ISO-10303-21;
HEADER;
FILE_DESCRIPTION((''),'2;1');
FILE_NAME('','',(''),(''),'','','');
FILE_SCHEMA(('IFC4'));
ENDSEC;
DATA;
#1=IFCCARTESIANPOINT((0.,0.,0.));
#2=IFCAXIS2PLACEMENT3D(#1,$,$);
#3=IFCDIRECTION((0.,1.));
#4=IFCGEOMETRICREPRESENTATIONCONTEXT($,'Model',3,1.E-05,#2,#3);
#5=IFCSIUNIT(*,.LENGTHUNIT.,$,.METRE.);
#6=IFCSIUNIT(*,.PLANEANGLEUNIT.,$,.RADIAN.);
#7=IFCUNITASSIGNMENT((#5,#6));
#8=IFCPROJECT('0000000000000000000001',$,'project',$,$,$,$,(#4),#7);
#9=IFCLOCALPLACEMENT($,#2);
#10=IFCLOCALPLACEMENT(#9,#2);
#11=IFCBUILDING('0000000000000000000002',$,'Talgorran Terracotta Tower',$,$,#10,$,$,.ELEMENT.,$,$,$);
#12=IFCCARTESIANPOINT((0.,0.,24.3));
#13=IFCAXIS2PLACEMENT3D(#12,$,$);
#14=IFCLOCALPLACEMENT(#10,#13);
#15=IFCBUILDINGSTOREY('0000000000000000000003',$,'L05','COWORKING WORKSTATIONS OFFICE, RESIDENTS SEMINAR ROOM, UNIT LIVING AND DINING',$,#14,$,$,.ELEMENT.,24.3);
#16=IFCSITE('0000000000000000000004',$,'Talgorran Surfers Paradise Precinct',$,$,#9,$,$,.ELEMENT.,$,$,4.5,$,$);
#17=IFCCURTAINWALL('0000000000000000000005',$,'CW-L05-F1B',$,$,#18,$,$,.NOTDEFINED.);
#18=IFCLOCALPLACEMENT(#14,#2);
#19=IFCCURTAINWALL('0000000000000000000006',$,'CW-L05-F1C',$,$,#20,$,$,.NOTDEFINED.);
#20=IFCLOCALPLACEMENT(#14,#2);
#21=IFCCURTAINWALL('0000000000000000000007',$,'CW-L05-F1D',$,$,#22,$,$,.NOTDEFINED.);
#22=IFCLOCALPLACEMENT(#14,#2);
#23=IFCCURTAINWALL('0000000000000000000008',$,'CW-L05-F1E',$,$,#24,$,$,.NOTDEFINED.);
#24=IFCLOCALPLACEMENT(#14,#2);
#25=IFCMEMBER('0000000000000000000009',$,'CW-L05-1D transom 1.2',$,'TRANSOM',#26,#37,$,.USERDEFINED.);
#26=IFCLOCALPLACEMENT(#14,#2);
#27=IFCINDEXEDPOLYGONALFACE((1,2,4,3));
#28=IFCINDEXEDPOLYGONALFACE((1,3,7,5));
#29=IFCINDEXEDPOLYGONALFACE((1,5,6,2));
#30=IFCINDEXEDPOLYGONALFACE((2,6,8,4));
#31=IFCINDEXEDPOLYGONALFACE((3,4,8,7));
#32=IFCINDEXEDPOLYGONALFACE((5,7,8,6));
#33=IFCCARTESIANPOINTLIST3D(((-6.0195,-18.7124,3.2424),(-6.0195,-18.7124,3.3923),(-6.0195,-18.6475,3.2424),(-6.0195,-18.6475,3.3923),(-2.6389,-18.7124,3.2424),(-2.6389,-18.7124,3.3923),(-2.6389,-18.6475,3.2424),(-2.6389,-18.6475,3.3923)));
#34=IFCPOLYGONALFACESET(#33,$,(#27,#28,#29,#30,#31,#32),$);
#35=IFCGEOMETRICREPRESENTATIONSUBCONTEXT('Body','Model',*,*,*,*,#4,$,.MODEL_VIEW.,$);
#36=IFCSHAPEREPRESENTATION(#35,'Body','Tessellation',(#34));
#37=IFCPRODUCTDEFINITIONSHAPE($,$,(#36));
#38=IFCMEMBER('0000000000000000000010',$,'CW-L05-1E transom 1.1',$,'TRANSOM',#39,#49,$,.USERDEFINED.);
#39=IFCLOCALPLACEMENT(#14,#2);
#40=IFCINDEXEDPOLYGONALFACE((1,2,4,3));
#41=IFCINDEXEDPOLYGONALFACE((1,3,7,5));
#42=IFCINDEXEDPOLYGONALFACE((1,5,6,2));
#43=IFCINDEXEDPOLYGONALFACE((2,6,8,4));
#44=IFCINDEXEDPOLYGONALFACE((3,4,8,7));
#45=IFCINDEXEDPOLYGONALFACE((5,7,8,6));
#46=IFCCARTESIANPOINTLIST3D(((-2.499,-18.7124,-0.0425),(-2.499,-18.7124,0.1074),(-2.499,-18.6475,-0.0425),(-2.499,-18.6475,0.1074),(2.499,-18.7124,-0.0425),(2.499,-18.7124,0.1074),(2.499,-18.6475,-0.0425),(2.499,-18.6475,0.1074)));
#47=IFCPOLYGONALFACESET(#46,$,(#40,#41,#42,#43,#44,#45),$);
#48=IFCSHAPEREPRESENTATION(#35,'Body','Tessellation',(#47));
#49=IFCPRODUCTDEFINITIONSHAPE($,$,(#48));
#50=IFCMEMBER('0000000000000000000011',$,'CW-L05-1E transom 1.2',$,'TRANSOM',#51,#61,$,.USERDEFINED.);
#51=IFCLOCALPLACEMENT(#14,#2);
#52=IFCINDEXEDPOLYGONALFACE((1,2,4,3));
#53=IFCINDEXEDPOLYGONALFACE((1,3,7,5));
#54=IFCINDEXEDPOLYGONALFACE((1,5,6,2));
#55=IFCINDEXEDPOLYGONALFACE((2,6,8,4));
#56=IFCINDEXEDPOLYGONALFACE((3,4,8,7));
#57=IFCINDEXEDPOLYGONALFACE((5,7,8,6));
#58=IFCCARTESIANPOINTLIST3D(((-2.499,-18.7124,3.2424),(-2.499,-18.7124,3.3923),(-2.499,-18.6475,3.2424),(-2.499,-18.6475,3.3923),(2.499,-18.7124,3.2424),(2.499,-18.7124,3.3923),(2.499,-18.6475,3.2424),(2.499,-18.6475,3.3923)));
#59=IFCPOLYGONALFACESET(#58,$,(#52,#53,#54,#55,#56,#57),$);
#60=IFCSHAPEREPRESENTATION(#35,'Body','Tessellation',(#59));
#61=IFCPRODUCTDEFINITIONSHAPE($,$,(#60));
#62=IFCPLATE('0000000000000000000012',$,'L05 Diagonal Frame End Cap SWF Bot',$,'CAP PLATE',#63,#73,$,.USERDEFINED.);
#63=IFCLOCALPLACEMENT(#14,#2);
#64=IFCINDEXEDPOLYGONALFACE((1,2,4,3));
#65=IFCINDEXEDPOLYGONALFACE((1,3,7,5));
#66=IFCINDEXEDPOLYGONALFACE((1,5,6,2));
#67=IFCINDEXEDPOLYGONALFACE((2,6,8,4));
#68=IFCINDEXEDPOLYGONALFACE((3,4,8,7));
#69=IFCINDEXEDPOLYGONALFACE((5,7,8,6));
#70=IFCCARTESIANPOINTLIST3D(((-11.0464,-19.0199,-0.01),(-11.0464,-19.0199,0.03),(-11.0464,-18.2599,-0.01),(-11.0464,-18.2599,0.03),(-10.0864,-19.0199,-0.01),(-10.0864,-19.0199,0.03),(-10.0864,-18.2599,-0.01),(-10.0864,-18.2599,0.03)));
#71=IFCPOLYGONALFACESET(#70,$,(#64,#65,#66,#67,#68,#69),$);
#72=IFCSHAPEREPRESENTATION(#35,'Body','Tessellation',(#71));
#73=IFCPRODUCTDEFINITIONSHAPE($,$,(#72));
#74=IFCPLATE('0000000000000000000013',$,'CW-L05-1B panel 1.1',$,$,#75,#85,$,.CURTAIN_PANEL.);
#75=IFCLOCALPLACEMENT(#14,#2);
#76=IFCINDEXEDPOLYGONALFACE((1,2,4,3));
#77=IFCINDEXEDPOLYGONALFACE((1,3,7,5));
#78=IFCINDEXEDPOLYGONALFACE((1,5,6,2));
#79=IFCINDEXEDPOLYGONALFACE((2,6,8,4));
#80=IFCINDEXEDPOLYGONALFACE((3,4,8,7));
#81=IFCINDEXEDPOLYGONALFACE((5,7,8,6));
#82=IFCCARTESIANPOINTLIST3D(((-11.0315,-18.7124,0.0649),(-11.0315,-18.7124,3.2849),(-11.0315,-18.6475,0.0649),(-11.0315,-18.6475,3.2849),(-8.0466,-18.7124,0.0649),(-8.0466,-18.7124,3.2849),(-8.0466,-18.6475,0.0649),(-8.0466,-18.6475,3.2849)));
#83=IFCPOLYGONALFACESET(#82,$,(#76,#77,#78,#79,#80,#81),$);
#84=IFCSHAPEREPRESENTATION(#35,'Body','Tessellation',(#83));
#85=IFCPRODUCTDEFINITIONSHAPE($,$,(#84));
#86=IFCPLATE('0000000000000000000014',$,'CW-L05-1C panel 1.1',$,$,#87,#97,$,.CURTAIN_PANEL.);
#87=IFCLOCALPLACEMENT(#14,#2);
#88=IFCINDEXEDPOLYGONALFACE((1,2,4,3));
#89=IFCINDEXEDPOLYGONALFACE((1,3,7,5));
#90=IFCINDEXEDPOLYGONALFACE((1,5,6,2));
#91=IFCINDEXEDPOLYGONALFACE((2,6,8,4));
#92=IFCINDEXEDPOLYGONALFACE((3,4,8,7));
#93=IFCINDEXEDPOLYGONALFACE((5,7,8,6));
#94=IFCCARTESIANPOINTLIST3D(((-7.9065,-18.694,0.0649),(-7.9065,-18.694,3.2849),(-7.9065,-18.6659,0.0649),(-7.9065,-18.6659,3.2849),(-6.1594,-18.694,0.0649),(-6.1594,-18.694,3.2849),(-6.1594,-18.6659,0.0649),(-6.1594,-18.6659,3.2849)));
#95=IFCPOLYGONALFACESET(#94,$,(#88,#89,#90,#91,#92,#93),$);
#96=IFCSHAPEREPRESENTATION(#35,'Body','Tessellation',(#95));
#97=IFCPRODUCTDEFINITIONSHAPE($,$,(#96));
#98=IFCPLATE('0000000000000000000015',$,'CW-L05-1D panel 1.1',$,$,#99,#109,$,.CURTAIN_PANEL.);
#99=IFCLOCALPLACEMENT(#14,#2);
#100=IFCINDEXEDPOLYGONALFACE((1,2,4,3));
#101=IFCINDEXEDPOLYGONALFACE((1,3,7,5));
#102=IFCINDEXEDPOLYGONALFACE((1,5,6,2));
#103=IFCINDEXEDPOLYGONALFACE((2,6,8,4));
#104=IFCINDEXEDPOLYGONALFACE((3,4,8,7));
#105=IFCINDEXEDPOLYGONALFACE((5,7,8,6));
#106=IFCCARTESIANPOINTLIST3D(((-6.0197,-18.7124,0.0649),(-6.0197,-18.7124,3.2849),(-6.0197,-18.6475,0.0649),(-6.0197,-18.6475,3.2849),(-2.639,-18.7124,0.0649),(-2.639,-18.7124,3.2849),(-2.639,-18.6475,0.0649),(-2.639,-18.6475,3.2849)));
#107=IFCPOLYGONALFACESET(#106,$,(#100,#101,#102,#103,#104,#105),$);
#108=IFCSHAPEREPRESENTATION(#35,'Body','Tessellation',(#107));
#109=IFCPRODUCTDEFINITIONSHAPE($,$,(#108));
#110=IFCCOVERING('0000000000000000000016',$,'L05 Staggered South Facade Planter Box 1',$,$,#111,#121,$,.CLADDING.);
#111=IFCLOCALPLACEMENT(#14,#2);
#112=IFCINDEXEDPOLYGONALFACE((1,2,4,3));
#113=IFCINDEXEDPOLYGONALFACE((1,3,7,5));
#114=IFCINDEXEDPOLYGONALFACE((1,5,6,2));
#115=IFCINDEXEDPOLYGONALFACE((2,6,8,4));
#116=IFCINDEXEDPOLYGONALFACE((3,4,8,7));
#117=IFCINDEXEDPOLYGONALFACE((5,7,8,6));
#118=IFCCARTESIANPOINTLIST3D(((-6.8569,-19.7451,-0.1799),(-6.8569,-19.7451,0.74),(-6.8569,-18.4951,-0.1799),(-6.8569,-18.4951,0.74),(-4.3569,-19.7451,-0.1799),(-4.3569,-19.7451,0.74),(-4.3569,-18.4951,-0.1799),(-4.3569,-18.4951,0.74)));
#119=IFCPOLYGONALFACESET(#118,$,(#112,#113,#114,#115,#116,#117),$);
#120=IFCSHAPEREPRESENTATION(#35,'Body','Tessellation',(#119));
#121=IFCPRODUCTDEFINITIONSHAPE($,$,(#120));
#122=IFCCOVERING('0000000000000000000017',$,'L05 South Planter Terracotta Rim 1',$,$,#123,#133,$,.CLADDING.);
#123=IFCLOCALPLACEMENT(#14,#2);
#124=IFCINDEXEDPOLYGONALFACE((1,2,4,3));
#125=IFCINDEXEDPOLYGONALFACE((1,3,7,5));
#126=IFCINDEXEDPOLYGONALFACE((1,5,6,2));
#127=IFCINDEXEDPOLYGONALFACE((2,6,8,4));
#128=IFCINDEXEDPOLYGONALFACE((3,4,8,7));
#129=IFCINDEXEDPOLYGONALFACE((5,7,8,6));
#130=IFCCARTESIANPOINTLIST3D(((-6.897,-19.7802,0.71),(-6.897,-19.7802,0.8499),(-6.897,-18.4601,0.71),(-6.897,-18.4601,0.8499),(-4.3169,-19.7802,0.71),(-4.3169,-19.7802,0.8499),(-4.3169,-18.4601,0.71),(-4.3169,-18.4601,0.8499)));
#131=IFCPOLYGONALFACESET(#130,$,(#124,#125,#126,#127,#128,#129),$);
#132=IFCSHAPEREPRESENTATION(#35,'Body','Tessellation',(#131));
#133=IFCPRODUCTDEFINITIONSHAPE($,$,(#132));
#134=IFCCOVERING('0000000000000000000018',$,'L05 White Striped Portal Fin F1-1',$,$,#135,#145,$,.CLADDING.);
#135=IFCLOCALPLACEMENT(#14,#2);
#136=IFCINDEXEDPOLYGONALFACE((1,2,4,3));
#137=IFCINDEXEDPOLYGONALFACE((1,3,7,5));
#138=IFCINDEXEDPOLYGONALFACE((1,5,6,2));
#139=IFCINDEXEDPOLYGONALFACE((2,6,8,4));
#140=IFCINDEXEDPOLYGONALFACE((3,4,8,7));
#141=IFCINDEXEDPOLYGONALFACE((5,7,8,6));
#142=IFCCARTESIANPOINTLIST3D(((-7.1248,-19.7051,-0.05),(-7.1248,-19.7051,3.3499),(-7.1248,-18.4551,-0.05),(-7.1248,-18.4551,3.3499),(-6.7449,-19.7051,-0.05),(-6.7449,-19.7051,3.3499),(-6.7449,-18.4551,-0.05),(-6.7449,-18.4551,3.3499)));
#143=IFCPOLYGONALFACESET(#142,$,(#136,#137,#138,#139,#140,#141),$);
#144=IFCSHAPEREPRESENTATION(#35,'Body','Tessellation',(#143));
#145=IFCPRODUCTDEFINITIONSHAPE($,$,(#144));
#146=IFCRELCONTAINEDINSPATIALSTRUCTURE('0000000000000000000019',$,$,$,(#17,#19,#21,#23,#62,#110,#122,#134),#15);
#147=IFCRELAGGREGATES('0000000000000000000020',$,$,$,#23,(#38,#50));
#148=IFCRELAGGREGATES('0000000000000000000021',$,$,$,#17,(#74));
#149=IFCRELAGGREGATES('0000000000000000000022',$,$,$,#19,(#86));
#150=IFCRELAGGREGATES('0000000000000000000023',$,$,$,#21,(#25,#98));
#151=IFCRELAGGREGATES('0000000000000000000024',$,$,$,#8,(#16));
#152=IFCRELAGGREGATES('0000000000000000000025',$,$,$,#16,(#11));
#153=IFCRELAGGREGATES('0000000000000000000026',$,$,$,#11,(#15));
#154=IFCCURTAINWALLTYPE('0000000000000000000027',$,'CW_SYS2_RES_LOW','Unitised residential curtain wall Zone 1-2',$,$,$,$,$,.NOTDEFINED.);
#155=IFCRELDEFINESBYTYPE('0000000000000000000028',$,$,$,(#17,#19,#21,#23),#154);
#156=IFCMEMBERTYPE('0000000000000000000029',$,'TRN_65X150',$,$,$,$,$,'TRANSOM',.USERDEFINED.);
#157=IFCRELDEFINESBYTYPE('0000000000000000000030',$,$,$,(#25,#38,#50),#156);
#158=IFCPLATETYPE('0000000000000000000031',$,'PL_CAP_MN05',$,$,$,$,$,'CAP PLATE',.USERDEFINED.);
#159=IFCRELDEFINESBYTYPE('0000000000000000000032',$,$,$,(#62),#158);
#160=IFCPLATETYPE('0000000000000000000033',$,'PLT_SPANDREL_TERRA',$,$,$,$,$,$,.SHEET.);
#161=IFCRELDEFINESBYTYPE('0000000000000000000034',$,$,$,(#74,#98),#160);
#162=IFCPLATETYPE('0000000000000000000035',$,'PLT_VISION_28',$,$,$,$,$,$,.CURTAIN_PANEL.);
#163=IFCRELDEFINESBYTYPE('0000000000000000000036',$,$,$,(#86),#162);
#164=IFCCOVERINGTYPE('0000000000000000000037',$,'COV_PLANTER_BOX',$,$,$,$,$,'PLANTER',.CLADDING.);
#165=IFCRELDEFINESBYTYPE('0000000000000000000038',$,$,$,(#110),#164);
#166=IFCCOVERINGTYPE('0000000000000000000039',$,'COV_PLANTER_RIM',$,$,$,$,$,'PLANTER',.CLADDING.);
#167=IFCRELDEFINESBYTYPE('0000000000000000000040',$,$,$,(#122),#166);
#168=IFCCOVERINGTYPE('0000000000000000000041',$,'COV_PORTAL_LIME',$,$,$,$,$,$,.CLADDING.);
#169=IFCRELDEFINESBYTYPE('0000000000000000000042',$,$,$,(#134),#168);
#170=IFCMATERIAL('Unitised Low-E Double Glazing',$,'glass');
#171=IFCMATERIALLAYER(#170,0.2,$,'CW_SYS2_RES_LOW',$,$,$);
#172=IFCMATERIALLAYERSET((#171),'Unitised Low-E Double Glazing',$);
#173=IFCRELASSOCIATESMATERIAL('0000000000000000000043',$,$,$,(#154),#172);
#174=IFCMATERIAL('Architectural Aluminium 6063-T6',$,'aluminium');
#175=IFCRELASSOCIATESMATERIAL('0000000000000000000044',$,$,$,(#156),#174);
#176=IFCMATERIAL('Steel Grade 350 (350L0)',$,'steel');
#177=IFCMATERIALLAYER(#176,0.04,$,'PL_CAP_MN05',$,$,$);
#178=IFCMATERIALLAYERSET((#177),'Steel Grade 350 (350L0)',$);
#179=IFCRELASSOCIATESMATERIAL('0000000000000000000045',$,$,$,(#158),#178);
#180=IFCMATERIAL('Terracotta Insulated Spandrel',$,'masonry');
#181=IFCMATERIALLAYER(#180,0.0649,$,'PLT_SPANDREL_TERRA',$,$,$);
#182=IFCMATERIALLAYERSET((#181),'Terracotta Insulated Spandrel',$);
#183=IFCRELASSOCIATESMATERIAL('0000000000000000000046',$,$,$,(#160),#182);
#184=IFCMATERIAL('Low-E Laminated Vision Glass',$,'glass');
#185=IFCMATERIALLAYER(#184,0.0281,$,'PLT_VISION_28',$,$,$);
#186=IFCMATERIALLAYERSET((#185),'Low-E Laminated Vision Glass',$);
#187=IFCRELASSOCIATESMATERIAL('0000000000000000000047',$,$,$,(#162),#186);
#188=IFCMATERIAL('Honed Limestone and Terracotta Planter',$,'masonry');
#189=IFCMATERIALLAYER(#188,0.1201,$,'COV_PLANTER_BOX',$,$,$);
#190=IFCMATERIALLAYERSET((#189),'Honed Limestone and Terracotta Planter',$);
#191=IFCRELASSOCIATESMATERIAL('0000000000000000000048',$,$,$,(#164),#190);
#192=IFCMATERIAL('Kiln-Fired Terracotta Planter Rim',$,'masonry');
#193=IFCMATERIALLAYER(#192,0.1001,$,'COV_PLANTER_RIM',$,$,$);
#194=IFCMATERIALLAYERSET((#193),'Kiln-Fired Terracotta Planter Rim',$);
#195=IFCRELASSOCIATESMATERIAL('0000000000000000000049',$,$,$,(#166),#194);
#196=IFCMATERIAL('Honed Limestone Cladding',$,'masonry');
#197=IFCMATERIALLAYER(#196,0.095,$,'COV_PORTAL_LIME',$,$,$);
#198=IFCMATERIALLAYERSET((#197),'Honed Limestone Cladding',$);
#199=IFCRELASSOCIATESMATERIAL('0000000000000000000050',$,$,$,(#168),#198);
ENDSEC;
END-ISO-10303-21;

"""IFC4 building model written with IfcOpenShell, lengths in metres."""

from ifc_helpers import new_model, si_unit, direction, frame, origin, origin_2d, place, context, subcontext, project, spatial, rectangle, extrude, source, transform, mapped, material, layer, layer_set, material_profile, profile_set, type_object, type_shapes, element, aggregate, save


model = new_model("IFC4")

# Units and contexts
model_context = context("Model", 3, precision=1e-05, world=origin(), true_north=direction((0.0, 1.0)))
body_context = subcontext(model_context, "Body", "Model", "MODEL_VIEW")
ifc_project = project(units=[si_unit("LENGTHUNIT", "METRE"), si_unit("PLANEANGLEUNIT", "RADIAN")], contexts=[model_context])

# Site, building, storey
site_placement = place(None, origin())
site = spatial("IfcSite", under=ifc_project, at=site_placement, Name="Talgorran Surfers Paradise Precinct", CompositionType="ELEMENT", RefElevation=4.5)
building_placement = place(site_placement, origin())
building = spatial("IfcBuilding", under=site, at=building_placement, Name="Talgorran Terracotta Tower", CompositionType="ELEMENT")
storey_placement = place(building_placement, frame((0.0, 0.0, 24.3)))
storey = spatial("IfcBuildingStorey", under=building, at=storey_placement, Name="L05", Description="COWORKING WORKSTATIONS OFFICE, RESIDENTS SEMINAR ROOM, UNIT LIVING AND DINING", CompositionType="ELEMENT", Elevation=24.3)

# Shared definitions
ifc_material_1 = material(Name="Steel Grade 350 (350L0)", Category="steel")

# Shared definitions
ifc_material_2 = material(Name="Unitised Low-E Double Glazing", Category="glass")
ifc_layer_1 = layer(ifc_material_2, 0.2, Name="CW_SYS2_RES_LOW")
ifc_layer_set_1 = layer_set([ifc_layer_1], Name="Unitised Low-E Double Glazing")
curtain_wall_type = type_object("IfcCurtainWallType", Name="CW_SYS2_RES_LOW", Description="Unitised residential curtain wall Zone 1-2", PredefinedType="NOTDEFINED", material=ifc_layer_set_1)
ifc_material_3 = material(Name="Architectural Aluminium 6063-T6", Category="aluminium")

# Curtain walls
curtain_wall_1_placement = place(storey_placement, origin())
curtain_wall_1 = element("IfcCurtainWall", 1, at=curtain_wall_1_placement, inside=storey, type_object=curtain_wall_type, Name="CW-L05-F1B", PredefinedType="NOTDEFINED")
curtain_wall_2_placement = place(storey_placement, origin())
curtain_wall_2 = element("IfcCurtainWall", 2, at=curtain_wall_2_placement, inside=storey, type_object=curtain_wall_type, Name="CW-L05-F1C", PredefinedType="NOTDEFINED")
curtain_wall_3_placement = place(storey_placement, origin())
curtain_wall_3 = element("IfcCurtainWall", 3, at=curtain_wall_3_placement, inside=storey, type_object=curtain_wall_type, Name="CW-L05-F1D", PredefinedType="NOTDEFINED")

# Curtain wall
curtain_wall_4_placement = place(storey_placement, origin())
curtain_wall_4 = element("IfcCurtainWall", 4, at=curtain_wall_4_placement, inside=storey, type_object=curtain_wall_type, Name="CW-L05-F1E", PredefinedType="NOTDEFINED")

# Members
ifc_material_profile_1 = material_profile(ifc_material_3, rectangle(XDim=0.0649, YDim=0.1499, at=origin_2d()), Name="CWT65X150")
ifc_profile_set_1 = profile_set([ifc_material_profile_1], Name="Architectural Aluminium 6063-T6")
member_type_1 = type_object("IfcMemberType", Name="TRN_65X150", ElementType="TRANSOM", PredefinedType="USERDEFINED", material=ifc_profile_set_1)
member_1_placement = place(storey_placement, frame((-6.0195, -18.6799, 3.3174), z_axis=(1.0, 0.0, 0.0), x_axis=(0.0, 1.0, 0.0)))
member_1 = element("IfcMember", 5, at=member_1_placement, type_object=member_type_1, Name="CW-L05-1D transom 1.2", ObjectType="TRANSOM", PredefinedType="USERDEFINED", context=body_context, shape_type="SweptSolid", body=[
    extrude(rectangle(XDim=0.0649, YDim=0.1499, at=origin_2d()), origin(), (0.0, 0.0, 1.0), 3.3806),
])
member_2_placement = place(storey_placement, frame((-2.499, -18.6799, 0.0325), z_axis=(1.0, 0.0, 0.0), x_axis=(0.0, 1.0, 0.0)))
member_2 = element("IfcMember", 6, at=member_2_placement, type_object=member_type_1, Name="CW-L05-1E transom 1.1", ObjectType="TRANSOM", PredefinedType="USERDEFINED", context=body_context, shape_type="SweptSolid", body=[
    extrude(rectangle(XDim=0.0649, YDim=0.1499, at=origin_2d()), origin(), (0.0, 0.0, 1.0), 4.998),
])
member_3_placement = place(storey_placement, frame((-2.499, -18.6799, 3.3174), z_axis=(1.0, 0.0, 0.0), x_axis=(0.0, 1.0, 0.0)))
member_3 = element("IfcMember", 7, at=member_3_placement, type_object=member_type_1, Name="CW-L05-1E transom 1.2", ObjectType="TRANSOM", PredefinedType="USERDEFINED", context=body_context, shape_type="SweptSolid", body=[
    extrude(rectangle(XDim=0.0649, YDim=0.1499, at=origin_2d()), origin(), (0.0, 0.0, 1.0), 4.998),
])
aggregate(curtain_wall_4, [member_2, member_3])

# Plates
ifc_layer_2 = layer(ifc_material_1, 0.04, Name="PL_CAP_MN05")
ifc_layer_set_2 = layer_set([ifc_layer_2], Name="Steel Grade 350 (350L0)")
plate_type_1 = type_object("IfcPlateType", Name="PL_CAP_MN05", ElementType="CAP PLATE", PredefinedType="USERDEFINED", material=ifc_layer_set_2)
plate_1_placement = place(storey_placement, frame((-10.5664, -18.6399, -0.01), z_axis=(0.0, 0.0, 1.0), x_axis=(1.0, 0.0, 0.0)))
element("IfcPlate", 8, at=plate_1_placement, inside=storey, type_object=plate_type_1, Name="L05 Diagonal Frame End Cap SWF Bot", ObjectType="CAP PLATE", PredefinedType="USERDEFINED", context=body_context, shape_type="SweptSolid", body=[
    extrude(rectangle(XDim=0.96, YDim=0.76, at=origin_2d()), origin(), (0.0, 0.0, 1.0), 0.04),
])
ifc_material_4 = material(Name="Terracotta Insulated Spandrel", Category="masonry")
ifc_layer_3 = layer(ifc_material_4, 0.0649, Name="PLT_SPANDREL_TERRA")
ifc_layer_set_3 = layer_set([ifc_layer_3], Name="Terracotta Insulated Spandrel")
plate_type_2 = type_object("IfcPlateType", Name="PLT_SPANDREL_TERRA", PredefinedType="SHEET", material=ifc_layer_set_3)
shared_shape_1 = source(origin(), body_context, "Body", "SweptSolid", [
    extrude(rectangle(XDim=2.9849, YDim=0.0649, at=origin_2d()), origin(), (0.0, 0.0, 1.0), 3.22),
])
plate_2_placement = place(storey_placement, frame((-9.5391, -18.6799, 0.0649), z_axis=(0.0, 0.0, 1.0), x_axis=(1.0, 0.0, 0.0)))
plate_2 = element("IfcPlate", 9, at=plate_2_placement, type_object=plate_type_2, Name="CW-L05-1B panel 1.1", PredefinedType="CURTAIN_PANEL", context=body_context, shape_type="MappedRepresentation", body=[
    mapped(shared_shape_1, transform((0.0, 0.0, 0.0), scale=1.0)),
])
aggregate(curtain_wall_1, [plate_2])
ifc_material_5 = material(Name="Low-E Laminated Vision Glass", Category="glass")
ifc_layer_4 = layer(ifc_material_5, 0.0281, Name="PLT_VISION_28")
ifc_layer_set_4 = layer_set([ifc_layer_4], Name="Low-E Laminated Vision Glass")
plate_type_3 = type_object("IfcPlateType", Name="PLT_VISION_28", PredefinedType="CURTAIN_PANEL", material=ifc_layer_set_4)
shared_shape_2 = source(origin(), body_context, "Body", "SweptSolid", [
    extrude(rectangle(XDim=1.7471, YDim=0.0281, at=origin_2d()), origin(), (0.0, 0.0, 1.0), 3.22),
])
type_shapes(plate_type_3, [shared_shape_2])
plate_3_placement = place(storey_placement, frame((-7.033, -18.6799, 0.0649), z_axis=(0.0, 0.0, 1.0), x_axis=(1.0, 0.0, 0.0)))
plate_3 = element("IfcPlate", 10, at=plate_3_placement, type_object=plate_type_3, Name="CW-L05-1C panel 1.1", PredefinedType="CURTAIN_PANEL", context=body_context, shape_type="MappedRepresentation", body=[
    mapped(shared_shape_2, transform((0.0, 0.0, 0.0), scale=1.0)),
])
aggregate(curtain_wall_2, [plate_3])
shared_shape_3 = source(origin(), body_context, "Body", "SweptSolid", [
    extrude(rectangle(XDim=3.3806, YDim=0.0649, at=origin_2d()), origin(), (0.0, 0.0, 1.0), 3.22),
])
type_shapes(plate_type_2, [shared_shape_1, shared_shape_3])
plate_4_placement = place(storey_placement, frame((-4.3293, -18.6799, 0.0649), z_axis=(0.0, 0.0, 1.0), x_axis=(1.0, 0.0, 0.0)))
plate_4 = element("IfcPlate", 11, at=plate_4_placement, type_object=plate_type_2, Name="CW-L05-1D panel 1.1", PredefinedType="CURTAIN_PANEL", context=body_context, shape_type="MappedRepresentation", body=[
    mapped(shared_shape_3, transform((0.0, 0.0, 0.0), scale=1.0)),
])
aggregate(curtain_wall_3, [member_1, plate_4])

# Coverings
ifc_material_6 = material(Name="Honed Limestone and Terracotta Planter", Category="masonry")
ifc_layer_5 = layer(ifc_material_6, 0.1201, Name="COV_PLANTER_BOX")
ifc_layer_set_5 = layer_set([ifc_layer_5], Name="Honed Limestone and Terracotta Planter")
covering_type_1 = type_object("IfcCoveringType", Name="COV_PLANTER_BOX", ElementType="PLANTER", PredefinedType="CLADDING", material=ifc_layer_set_5)
covering_1_placement = place(storey_placement, frame((-5.6069, -19.1201, -0.1799), z_axis=(0.0, 0.0, 1.0), x_axis=(1.0, 0.0, 0.0)))
element("IfcCovering", 12, at=covering_1_placement, inside=storey, type_object=covering_type_1, Name="L05 Staggered South Facade Planter Box 1", PredefinedType="CLADDING", context=body_context, shape_type="SweptSolid", body=[
    extrude(rectangle(XDim=2.5, YDim=1.25, at=origin_2d()), origin(), (0.0, 0.0, 1.0), 0.9199),
])
ifc_material_7 = material(Name="Kiln-Fired Terracotta Planter Rim", Category="masonry")
ifc_layer_6 = layer(ifc_material_7, 0.1001, Name="COV_PLANTER_RIM")
ifc_layer_set_6 = layer_set([ifc_layer_6], Name="Kiln-Fired Terracotta Planter Rim")
covering_type_2 = type_object("IfcCoveringType", Name="COV_PLANTER_RIM", ElementType="PLANTER", PredefinedType="CLADDING", material=ifc_layer_set_6)
covering_2_placement = place(storey_placement, frame((-5.6069, -19.1201, 0.71), z_axis=(0.0, 0.0, 1.0), x_axis=(1.0, 0.0, 0.0)))
element("IfcCovering", 13, at=covering_2_placement, inside=storey, type_object=covering_type_2, Name="L05 South Planter Terracotta Rim 1", PredefinedType="CLADDING", context=body_context, shape_type="SweptSolid", body=[
    extrude(rectangle(XDim=2.5801, YDim=1.3201, at=origin_2d()), origin(), (0.0, 0.0, 1.0), 0.1399),
])
ifc_material_8 = material(Name="Honed Limestone Cladding", Category="masonry")
ifc_layer_7 = layer(ifc_material_8, 0.095, Name="COV_PORTAL_LIME")
ifc_layer_set_7 = layer_set([ifc_layer_7], Name="Honed Limestone Cladding")
covering_type_3 = type_object("IfcCoveringType", Name="COV_PORTAL_LIME", PredefinedType="CLADDING", material=ifc_layer_set_7)
covering_3_placement = place(storey_placement, frame((-6.9348, -19.0801, -0.05), z_axis=(0.0, 0.0, 1.0), x_axis=(1.0, 0.0, 0.0)))
element("IfcCovering", 14, at=covering_3_placement, inside=storey, type_object=covering_type_3, Name="L05 White Striped Portal Fin F1-1", PredefinedType="CLADDING", context=body_context, shape_type="SweptSolid", body=[
    extrude(rectangle(XDim=0.3799, YDim=1.25, at=origin_2d()), origin(), (0.0, 0.0, 1.0), 3.3999),
])

save(model, "model.ifc")
